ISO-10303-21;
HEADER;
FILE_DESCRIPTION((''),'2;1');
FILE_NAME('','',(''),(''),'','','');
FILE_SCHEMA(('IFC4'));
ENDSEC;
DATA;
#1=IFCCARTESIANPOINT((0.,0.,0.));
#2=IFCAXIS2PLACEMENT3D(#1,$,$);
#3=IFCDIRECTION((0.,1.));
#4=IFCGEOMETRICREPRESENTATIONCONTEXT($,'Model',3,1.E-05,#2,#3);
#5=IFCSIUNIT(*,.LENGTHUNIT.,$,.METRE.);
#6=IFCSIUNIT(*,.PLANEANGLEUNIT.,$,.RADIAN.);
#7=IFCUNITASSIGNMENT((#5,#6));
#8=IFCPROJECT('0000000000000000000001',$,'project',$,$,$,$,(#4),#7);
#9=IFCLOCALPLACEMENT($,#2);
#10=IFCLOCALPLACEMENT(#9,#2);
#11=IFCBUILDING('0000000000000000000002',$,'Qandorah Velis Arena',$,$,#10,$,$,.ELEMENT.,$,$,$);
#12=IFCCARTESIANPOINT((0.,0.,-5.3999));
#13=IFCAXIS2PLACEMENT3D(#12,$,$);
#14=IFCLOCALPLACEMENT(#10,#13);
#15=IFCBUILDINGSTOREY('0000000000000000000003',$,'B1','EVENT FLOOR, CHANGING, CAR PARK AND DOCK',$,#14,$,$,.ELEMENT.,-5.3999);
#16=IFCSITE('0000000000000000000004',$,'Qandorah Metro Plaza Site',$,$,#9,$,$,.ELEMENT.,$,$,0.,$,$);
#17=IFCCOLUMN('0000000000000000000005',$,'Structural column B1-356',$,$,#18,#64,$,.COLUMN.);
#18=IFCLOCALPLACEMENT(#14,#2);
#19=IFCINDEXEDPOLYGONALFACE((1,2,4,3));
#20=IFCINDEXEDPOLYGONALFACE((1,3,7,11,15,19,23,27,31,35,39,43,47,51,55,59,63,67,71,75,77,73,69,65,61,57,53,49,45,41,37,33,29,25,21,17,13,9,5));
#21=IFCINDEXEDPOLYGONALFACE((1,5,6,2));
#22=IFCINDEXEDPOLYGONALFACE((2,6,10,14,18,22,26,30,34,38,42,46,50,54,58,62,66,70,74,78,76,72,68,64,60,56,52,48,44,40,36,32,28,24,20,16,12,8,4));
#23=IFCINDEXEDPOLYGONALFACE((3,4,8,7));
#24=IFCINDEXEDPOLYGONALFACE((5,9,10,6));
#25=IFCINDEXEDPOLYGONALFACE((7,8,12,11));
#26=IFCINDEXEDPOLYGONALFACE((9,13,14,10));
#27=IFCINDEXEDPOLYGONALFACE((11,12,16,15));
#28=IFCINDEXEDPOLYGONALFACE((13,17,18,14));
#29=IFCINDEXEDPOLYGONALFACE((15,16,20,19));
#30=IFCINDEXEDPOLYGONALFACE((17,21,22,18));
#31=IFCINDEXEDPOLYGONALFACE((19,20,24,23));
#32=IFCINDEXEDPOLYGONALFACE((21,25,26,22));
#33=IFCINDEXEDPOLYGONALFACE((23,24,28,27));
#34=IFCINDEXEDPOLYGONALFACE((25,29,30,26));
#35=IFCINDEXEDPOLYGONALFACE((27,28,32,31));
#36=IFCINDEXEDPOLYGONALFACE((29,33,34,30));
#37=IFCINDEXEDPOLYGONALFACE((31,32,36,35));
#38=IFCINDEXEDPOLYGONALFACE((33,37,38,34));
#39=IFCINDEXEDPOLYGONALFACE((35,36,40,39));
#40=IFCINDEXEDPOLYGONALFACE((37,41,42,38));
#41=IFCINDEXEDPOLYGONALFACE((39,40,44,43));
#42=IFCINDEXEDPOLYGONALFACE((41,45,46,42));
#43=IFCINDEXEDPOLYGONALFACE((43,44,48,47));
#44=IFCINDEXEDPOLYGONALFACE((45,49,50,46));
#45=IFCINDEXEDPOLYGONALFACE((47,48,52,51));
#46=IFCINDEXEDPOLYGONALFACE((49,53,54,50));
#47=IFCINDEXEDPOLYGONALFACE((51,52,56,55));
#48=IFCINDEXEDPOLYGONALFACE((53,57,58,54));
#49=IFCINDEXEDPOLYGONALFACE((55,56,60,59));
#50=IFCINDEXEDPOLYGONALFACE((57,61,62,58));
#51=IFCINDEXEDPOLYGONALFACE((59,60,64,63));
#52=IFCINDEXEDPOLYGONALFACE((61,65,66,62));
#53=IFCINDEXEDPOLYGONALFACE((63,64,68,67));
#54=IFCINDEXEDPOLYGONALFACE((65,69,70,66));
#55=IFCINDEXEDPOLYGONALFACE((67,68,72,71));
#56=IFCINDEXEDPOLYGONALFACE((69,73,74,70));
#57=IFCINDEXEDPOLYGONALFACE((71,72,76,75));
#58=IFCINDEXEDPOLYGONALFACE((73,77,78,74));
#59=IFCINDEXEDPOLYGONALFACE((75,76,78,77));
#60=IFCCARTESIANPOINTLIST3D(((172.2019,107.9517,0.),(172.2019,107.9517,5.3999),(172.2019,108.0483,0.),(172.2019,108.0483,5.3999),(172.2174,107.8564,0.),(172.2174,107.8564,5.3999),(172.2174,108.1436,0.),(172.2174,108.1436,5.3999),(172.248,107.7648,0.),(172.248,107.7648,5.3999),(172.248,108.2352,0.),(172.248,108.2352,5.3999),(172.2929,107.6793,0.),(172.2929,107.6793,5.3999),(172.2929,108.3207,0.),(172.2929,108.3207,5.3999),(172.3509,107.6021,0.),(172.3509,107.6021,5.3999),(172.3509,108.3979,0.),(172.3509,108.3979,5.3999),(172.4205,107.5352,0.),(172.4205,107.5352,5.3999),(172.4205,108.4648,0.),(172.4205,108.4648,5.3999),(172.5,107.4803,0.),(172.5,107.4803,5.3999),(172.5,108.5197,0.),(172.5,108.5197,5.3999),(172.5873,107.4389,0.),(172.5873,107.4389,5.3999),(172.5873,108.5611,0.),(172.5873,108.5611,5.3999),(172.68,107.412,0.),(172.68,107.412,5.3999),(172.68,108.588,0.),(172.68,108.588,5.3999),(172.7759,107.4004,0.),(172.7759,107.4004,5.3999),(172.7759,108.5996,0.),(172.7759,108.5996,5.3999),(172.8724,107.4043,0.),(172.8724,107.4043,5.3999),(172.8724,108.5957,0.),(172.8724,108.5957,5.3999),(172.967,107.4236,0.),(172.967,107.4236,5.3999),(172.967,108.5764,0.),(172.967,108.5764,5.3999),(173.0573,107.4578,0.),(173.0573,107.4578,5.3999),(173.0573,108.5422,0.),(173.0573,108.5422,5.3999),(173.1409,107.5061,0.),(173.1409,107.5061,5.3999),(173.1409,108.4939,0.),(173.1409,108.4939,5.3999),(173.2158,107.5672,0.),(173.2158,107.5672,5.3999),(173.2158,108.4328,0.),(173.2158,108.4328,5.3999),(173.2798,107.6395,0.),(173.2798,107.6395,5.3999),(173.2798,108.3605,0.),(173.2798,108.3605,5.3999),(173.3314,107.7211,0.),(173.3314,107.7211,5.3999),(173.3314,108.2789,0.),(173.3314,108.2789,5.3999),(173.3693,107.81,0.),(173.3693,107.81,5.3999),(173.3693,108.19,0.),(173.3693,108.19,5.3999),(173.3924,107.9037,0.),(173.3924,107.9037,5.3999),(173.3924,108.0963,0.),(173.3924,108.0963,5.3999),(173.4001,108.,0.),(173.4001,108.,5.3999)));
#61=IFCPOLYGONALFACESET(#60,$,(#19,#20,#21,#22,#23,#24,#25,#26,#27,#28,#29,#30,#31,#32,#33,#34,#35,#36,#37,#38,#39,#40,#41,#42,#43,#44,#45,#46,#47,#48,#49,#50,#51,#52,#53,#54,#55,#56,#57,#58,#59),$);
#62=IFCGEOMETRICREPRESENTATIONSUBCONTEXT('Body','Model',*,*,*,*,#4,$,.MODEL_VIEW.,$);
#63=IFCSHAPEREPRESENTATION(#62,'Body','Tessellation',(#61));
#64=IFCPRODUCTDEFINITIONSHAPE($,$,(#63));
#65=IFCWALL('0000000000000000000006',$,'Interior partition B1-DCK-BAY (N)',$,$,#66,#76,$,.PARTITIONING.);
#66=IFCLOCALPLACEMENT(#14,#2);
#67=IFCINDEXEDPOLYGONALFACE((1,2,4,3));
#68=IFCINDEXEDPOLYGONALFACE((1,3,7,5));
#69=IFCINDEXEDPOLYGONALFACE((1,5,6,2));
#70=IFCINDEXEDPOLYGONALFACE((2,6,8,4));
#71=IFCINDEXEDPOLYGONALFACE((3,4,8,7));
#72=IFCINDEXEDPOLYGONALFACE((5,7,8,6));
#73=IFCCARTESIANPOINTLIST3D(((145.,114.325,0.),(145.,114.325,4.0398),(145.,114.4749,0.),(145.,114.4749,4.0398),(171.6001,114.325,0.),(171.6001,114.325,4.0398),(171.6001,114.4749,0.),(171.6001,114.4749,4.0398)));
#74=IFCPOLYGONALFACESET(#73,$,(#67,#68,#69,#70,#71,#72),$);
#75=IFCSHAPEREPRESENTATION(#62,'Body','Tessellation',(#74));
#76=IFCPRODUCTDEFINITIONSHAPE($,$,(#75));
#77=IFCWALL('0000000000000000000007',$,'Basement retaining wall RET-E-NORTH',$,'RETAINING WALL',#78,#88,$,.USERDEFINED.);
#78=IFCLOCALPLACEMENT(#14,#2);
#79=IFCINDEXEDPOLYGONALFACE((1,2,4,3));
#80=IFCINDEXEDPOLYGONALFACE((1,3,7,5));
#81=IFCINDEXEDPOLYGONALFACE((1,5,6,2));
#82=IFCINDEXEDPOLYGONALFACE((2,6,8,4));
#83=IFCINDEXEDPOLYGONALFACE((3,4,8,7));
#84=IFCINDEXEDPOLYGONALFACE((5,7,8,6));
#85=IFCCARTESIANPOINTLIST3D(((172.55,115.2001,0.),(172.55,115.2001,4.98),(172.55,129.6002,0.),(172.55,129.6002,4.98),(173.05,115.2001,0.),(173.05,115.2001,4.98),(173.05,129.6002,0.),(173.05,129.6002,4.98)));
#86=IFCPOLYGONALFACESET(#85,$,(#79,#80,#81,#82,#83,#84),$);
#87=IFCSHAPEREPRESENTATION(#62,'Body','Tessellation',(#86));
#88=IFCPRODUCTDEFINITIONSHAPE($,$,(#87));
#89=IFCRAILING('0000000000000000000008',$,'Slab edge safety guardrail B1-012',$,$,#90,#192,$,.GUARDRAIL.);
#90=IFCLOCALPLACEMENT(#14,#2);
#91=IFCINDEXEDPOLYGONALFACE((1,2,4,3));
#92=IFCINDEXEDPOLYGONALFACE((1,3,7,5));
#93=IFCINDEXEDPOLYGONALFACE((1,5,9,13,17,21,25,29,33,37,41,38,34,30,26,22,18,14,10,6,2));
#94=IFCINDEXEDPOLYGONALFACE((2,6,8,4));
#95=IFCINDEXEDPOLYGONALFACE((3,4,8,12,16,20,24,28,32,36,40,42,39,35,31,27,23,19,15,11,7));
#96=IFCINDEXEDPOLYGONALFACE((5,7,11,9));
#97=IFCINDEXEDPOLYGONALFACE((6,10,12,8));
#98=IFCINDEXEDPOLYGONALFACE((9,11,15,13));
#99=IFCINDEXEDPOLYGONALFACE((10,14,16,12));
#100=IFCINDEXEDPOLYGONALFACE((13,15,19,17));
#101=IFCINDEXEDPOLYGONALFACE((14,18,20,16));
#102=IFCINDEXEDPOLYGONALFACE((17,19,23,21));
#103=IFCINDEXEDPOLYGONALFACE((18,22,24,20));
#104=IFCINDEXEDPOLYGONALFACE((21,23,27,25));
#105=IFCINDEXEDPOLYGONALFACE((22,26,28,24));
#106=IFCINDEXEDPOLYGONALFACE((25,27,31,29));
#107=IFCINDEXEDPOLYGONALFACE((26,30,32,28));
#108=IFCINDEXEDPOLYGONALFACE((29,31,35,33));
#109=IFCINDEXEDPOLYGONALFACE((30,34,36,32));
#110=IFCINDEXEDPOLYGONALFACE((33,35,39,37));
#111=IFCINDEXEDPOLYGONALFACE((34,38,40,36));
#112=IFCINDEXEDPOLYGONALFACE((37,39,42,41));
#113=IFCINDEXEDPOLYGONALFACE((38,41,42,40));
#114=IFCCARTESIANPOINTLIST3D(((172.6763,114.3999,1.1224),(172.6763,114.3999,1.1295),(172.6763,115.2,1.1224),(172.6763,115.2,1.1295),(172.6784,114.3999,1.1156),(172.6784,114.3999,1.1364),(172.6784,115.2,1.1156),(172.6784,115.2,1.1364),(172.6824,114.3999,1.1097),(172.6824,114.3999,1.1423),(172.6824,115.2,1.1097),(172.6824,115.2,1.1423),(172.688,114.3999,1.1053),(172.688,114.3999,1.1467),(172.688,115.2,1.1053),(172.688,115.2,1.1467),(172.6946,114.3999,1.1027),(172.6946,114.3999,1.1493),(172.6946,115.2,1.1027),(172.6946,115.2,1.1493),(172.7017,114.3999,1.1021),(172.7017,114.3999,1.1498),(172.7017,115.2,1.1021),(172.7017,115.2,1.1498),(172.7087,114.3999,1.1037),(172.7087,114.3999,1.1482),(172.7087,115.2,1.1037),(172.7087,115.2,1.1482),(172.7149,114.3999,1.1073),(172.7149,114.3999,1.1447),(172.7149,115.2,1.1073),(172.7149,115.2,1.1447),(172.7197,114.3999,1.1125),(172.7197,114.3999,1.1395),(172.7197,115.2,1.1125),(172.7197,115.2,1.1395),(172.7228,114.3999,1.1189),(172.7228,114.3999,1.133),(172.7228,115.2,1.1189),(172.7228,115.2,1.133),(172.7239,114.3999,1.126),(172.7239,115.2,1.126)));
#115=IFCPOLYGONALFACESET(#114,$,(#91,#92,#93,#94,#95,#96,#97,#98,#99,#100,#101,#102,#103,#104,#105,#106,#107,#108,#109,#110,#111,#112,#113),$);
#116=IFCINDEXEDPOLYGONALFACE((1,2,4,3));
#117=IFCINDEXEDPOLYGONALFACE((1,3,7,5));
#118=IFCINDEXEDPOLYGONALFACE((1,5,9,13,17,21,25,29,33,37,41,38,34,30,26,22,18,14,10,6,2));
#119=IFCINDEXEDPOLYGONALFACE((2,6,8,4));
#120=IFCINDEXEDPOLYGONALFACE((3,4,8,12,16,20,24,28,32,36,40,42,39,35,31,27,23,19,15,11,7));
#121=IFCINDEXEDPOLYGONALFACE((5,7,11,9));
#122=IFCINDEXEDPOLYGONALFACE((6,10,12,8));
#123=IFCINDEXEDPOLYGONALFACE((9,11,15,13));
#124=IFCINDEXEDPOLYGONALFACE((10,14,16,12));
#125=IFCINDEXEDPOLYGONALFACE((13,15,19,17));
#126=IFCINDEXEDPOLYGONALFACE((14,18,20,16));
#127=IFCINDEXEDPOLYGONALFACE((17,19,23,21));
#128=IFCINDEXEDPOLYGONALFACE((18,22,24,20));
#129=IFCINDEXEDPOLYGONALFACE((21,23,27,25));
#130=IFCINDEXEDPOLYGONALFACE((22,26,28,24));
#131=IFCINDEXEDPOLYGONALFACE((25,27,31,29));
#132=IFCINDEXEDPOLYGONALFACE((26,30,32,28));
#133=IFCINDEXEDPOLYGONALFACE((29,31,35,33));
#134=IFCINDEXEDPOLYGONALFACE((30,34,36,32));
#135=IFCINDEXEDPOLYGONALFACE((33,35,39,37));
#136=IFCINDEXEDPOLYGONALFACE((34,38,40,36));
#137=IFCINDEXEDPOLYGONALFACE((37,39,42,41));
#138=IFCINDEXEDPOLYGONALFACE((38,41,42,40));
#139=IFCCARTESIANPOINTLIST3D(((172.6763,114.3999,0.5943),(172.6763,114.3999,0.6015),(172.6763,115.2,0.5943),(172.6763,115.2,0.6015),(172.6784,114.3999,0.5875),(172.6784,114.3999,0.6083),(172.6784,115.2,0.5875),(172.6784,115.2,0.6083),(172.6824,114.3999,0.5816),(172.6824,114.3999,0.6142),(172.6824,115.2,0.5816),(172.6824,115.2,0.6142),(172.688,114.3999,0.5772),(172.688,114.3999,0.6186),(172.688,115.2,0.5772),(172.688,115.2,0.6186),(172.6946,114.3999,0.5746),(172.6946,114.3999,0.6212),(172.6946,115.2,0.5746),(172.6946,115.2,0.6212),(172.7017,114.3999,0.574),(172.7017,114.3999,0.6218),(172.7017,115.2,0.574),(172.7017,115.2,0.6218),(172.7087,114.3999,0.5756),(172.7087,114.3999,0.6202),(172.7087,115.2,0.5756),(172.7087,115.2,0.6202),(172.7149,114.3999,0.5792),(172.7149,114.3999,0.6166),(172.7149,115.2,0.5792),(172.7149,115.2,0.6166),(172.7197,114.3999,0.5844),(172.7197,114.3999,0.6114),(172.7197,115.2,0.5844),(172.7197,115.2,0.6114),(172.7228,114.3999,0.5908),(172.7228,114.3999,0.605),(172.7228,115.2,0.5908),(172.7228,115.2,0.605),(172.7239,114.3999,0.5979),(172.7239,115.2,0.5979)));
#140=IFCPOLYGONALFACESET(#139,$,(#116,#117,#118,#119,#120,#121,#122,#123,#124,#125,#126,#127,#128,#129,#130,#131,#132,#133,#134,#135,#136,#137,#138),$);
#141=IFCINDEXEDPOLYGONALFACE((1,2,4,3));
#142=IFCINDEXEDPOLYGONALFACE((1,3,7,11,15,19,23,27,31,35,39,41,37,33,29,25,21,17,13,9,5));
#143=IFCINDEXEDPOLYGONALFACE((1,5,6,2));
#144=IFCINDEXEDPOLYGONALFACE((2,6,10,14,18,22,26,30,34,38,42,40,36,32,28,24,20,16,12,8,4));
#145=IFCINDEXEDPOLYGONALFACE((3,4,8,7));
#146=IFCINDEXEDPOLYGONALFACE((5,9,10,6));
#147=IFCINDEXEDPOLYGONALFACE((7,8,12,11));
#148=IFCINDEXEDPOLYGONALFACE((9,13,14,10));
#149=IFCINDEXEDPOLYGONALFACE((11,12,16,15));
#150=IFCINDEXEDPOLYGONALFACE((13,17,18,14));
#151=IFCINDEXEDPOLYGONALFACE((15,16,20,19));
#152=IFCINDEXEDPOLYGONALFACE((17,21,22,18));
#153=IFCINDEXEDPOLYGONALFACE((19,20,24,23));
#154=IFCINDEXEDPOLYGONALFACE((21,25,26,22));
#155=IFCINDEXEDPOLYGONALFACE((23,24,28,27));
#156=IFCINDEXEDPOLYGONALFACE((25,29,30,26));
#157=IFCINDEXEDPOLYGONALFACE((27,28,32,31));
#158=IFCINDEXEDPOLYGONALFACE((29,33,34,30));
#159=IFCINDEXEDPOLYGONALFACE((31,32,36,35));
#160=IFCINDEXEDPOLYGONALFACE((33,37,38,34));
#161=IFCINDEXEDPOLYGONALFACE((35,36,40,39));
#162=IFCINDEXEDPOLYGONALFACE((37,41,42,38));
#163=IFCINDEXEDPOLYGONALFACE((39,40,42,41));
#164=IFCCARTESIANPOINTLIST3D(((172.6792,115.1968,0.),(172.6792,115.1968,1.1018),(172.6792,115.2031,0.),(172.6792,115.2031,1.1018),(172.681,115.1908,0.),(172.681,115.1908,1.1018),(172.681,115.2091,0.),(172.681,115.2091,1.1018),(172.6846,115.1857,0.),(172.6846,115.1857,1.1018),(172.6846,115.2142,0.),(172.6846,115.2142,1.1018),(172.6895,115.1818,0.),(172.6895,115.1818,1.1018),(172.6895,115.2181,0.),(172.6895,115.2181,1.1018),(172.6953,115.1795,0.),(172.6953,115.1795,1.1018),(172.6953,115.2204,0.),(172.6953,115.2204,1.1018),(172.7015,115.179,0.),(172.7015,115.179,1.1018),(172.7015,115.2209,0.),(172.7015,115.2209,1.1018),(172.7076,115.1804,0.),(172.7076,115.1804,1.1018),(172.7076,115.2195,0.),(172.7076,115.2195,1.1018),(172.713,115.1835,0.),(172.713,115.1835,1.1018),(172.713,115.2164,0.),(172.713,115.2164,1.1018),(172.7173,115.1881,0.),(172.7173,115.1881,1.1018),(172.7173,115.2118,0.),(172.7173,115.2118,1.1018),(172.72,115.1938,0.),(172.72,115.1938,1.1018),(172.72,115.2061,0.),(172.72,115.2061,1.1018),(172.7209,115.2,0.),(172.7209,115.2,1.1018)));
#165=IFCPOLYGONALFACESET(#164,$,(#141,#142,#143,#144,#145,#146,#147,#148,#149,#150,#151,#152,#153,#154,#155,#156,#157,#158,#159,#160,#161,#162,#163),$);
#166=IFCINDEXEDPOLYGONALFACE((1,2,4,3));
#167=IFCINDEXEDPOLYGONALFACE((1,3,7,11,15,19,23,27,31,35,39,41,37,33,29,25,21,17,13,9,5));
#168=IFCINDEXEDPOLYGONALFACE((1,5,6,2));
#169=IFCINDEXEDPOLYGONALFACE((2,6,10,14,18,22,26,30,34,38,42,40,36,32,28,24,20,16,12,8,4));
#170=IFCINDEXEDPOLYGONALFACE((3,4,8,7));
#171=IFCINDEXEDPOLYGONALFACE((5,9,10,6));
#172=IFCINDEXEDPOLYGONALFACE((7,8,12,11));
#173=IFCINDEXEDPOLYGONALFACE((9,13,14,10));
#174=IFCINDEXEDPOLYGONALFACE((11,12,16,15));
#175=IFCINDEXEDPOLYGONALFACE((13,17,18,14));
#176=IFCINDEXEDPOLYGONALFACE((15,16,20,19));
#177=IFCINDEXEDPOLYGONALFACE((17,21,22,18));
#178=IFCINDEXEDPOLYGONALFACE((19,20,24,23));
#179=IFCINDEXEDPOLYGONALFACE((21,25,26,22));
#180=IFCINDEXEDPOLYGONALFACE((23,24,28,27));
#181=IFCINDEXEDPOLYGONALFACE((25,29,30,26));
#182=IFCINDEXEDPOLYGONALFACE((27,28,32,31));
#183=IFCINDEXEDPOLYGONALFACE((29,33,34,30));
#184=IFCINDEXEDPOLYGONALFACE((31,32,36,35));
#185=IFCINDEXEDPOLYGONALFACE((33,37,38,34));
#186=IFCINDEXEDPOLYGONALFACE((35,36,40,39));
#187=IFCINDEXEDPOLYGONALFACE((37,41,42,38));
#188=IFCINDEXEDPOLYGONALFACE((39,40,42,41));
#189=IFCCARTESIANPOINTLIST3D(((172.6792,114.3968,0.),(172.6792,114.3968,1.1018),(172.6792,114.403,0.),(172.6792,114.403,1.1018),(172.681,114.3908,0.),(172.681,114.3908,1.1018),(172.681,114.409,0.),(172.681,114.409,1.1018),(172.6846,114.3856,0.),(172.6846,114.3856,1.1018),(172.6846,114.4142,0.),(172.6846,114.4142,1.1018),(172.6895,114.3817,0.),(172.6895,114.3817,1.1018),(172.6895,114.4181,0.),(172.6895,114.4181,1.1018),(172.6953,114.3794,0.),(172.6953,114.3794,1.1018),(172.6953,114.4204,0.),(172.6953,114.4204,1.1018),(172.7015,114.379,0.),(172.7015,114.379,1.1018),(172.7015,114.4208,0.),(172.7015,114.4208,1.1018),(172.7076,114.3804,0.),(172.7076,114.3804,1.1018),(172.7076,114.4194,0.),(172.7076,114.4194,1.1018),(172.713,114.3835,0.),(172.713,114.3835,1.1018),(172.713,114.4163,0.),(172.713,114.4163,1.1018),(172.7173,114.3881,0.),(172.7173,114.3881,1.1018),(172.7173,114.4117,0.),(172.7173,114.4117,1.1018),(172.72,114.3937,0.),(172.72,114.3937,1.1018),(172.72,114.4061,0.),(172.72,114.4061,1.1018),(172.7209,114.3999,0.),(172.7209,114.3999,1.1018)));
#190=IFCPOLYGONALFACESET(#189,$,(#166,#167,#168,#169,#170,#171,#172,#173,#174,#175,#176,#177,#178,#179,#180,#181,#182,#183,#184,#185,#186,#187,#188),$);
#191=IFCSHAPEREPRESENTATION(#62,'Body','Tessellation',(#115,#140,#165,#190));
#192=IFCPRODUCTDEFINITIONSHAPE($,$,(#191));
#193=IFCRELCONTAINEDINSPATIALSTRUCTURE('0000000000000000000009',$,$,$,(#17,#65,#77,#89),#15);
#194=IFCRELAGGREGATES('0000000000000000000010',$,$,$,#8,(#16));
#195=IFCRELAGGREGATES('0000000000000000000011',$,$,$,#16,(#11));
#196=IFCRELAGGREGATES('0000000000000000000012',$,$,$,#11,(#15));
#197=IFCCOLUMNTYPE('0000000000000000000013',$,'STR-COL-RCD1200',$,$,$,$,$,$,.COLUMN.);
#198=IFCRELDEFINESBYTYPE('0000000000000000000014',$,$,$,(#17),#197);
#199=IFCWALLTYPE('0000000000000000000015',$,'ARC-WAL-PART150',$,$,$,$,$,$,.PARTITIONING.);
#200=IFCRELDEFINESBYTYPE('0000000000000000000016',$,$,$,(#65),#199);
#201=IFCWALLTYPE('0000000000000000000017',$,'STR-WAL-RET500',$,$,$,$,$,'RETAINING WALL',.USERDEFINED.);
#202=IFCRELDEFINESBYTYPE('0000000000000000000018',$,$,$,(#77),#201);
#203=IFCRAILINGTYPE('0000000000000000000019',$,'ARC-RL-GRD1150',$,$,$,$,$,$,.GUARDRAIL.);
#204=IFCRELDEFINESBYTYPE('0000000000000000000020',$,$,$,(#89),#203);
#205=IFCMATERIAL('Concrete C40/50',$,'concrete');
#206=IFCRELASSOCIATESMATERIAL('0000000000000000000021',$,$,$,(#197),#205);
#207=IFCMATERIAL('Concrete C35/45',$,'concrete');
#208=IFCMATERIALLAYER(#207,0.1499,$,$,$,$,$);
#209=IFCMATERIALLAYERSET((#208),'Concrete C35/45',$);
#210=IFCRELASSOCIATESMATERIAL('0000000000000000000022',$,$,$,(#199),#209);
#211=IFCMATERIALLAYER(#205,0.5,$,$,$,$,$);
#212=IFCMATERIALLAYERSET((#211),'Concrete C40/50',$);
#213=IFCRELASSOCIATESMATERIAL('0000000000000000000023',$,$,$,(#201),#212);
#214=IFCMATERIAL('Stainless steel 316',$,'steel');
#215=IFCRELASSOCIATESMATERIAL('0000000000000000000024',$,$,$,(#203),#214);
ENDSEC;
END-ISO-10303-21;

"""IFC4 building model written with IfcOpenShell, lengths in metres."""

from ifc_helpers import new_model, si_unit, direction, frame, frame_2d, origin, origin_2d, place, context, subcontext, project, spatial, rectangle, circle, extrude, material, layer, layer_set, material_profile, profile_set, type_object, element, save


model = new_model("IFC4")

# Units and contexts
model_context = context("Model", 3, precision=1e-05, world=origin(), true_north=direction((0.0, 1.0)))
body_context = subcontext(model_context, "Body", "Model", "MODEL_VIEW")
ifc_project = project(units=[si_unit("LENGTHUNIT", "METRE"), si_unit("PLANEANGLEUNIT", "RADIAN")], contexts=[model_context])

# Site, building, storey
site_placement = place(None, origin())
site = spatial("IfcSite", under=ifc_project, at=site_placement, Name="Qandorah Metro Plaza Site", CompositionType="ELEMENT", RefElevation=0.0)
building_placement = place(site_placement, origin())
building = spatial("IfcBuilding", under=site, at=building_placement, Name="Qandorah Velis Arena", CompositionType="ELEMENT")
storey_placement = place(building_placement, frame((0.0, 0.0, -5.3999)))
storey = spatial("IfcBuildingStorey", under=building, at=storey_placement, Name="B1", Description="EVENT FLOOR, CHANGING, CAR PARK AND DOCK", CompositionType="ELEMENT", Elevation=-5.3999)

# Shared definitions
ifc_material_1 = material(Name="Concrete C40/50", Category="concrete")

# Column
ifc_material_profile_1 = material_profile(ifc_material_1, circle(Radius=0.6001, at=origin_2d()), Name="RC D1200")
ifc_profile_set_1 = profile_set([ifc_material_profile_1], Name="Concrete C40/50")
column_type_1 = type_object("IfcColumnType", Name="STR-COL-RCD1200", PredefinedType="COLUMN", material=ifc_profile_set_1)
for number, where, z_axis, x_axis, name in (
    (1, (172.8, 108.0, 0.0), (0.0, 0.0, 1.0), (1.0, 0.0, 0.0), "Structural column B1-356"),
):
    element("IfcColumn", number, at=place(storey_placement, frame(where, z_axis=z_axis, x_axis=x_axis)), inside=storey, type_object=column_type_1, Name=name, PredefinedType="COLUMN", context=body_context, shape_type="SweptSolid", body=[
        extrude(circle(Radius=0.6001, at=origin_2d()), origin(), (0.0, 0.0, 1.0), 5.3999),
    ])

# Walls
ifc_material_2 = material(Name="Concrete C35/45", Category="concrete")
ifc_layer_1 = layer(ifc_material_2, 0.1499)
ifc_layer_set_1 = layer_set([ifc_layer_1], Name="Concrete C35/45")
wall_type_1 = type_object("IfcWallType", Name="ARC-WAL-PART150", PredefinedType="PARTITIONING", material=ifc_layer_set_1)
wall_1_placement = place(storey_placement, frame((171.6001, 114.3999, 0.0), z_axis=(0.0, 0.0, 1.0), x_axis=(-1.0, 0.0, 0.0)))
element("IfcWall", 2, at=wall_1_placement, inside=storey, type_object=wall_type_1, Name="Interior partition B1-DCK-BAY (N)", PredefinedType="PARTITIONING", context=body_context, shape_type="SweptSolid", body=[
    extrude(rectangle(XDim=26.6001, YDim=0.1499, at=frame_2d((13.3, 0.0))), origin(), (0.0, 0.0, 1.0), 4.0398),
])
ifc_layer_2 = layer(ifc_material_1, 0.5)
ifc_layer_set_2 = layer_set([ifc_layer_2], Name="Concrete C40/50")
wall_type_2 = type_object("IfcWallType", Name="STR-WAL-RET500", ElementType="RETAINING WALL", PredefinedType="USERDEFINED", material=ifc_layer_set_2)
wall_2_placement = place(storey_placement, frame((172.8, 115.2, 0.0), z_axis=(0.0, 0.0, 1.0), x_axis=(0.0, 1.0, 0.0)))
element("IfcWall", 3, at=wall_2_placement, inside=storey, type_object=wall_type_2, Name="Basement retaining wall RET-E-NORTH", ObjectType="RETAINING WALL", PredefinedType="USERDEFINED", context=body_context, shape_type="SweptSolid", body=[
    extrude(rectangle(XDim=14.4001, YDim=0.5, at=frame_2d((7.2002, 0.0))), origin(), (0.0, 0.0, 1.0), 4.98),
])

# Railing
ifc_material_3 = material(Name="Stainless steel 316", Category="steel")
railing_type = type_object("IfcRailingType", Name="ARC-RL-GRD1150", PredefinedType="GUARDRAIL", material=ifc_material_3)
railing_placement = place(storey_placement, frame((172.7, 115.2, 0.0)))
element("IfcRailing", 4, at=railing_placement, inside=storey, type_object=railing_type, Name="Slab edge safety guardrail B1-012", PredefinedType="GUARDRAIL", context=body_context, shape_type="SweptSolid", body=[
    extrude(circle(Radius=0.0239, at=origin_2d()), frame((0.0, 0.0, 1.126), z_axis=(0.0, -1.0, 0.0), x_axis=(1.0, 0.0, 0.0)), (0.0, 0.0, 1.0), 0.8),
    extrude(circle(Radius=0.0239, at=origin_2d()), frame((0.0, 0.0, 0.5979), z_axis=(0.0, -1.0, 0.0), x_axis=(1.0, 0.0, 0.0)), (0.0, 0.0, 1.0), 0.8),
    extrude(circle(Radius=0.021, at=origin_2d()), origin(), (0.0, 0.0, 1.0), 1.1018),
    extrude(circle(Radius=0.021, at=origin_2d()), frame((0.0, -0.8, 0.0)), (0.0, 0.0, 1.0), 1.1018),
])

save(model, "model.ifc")
